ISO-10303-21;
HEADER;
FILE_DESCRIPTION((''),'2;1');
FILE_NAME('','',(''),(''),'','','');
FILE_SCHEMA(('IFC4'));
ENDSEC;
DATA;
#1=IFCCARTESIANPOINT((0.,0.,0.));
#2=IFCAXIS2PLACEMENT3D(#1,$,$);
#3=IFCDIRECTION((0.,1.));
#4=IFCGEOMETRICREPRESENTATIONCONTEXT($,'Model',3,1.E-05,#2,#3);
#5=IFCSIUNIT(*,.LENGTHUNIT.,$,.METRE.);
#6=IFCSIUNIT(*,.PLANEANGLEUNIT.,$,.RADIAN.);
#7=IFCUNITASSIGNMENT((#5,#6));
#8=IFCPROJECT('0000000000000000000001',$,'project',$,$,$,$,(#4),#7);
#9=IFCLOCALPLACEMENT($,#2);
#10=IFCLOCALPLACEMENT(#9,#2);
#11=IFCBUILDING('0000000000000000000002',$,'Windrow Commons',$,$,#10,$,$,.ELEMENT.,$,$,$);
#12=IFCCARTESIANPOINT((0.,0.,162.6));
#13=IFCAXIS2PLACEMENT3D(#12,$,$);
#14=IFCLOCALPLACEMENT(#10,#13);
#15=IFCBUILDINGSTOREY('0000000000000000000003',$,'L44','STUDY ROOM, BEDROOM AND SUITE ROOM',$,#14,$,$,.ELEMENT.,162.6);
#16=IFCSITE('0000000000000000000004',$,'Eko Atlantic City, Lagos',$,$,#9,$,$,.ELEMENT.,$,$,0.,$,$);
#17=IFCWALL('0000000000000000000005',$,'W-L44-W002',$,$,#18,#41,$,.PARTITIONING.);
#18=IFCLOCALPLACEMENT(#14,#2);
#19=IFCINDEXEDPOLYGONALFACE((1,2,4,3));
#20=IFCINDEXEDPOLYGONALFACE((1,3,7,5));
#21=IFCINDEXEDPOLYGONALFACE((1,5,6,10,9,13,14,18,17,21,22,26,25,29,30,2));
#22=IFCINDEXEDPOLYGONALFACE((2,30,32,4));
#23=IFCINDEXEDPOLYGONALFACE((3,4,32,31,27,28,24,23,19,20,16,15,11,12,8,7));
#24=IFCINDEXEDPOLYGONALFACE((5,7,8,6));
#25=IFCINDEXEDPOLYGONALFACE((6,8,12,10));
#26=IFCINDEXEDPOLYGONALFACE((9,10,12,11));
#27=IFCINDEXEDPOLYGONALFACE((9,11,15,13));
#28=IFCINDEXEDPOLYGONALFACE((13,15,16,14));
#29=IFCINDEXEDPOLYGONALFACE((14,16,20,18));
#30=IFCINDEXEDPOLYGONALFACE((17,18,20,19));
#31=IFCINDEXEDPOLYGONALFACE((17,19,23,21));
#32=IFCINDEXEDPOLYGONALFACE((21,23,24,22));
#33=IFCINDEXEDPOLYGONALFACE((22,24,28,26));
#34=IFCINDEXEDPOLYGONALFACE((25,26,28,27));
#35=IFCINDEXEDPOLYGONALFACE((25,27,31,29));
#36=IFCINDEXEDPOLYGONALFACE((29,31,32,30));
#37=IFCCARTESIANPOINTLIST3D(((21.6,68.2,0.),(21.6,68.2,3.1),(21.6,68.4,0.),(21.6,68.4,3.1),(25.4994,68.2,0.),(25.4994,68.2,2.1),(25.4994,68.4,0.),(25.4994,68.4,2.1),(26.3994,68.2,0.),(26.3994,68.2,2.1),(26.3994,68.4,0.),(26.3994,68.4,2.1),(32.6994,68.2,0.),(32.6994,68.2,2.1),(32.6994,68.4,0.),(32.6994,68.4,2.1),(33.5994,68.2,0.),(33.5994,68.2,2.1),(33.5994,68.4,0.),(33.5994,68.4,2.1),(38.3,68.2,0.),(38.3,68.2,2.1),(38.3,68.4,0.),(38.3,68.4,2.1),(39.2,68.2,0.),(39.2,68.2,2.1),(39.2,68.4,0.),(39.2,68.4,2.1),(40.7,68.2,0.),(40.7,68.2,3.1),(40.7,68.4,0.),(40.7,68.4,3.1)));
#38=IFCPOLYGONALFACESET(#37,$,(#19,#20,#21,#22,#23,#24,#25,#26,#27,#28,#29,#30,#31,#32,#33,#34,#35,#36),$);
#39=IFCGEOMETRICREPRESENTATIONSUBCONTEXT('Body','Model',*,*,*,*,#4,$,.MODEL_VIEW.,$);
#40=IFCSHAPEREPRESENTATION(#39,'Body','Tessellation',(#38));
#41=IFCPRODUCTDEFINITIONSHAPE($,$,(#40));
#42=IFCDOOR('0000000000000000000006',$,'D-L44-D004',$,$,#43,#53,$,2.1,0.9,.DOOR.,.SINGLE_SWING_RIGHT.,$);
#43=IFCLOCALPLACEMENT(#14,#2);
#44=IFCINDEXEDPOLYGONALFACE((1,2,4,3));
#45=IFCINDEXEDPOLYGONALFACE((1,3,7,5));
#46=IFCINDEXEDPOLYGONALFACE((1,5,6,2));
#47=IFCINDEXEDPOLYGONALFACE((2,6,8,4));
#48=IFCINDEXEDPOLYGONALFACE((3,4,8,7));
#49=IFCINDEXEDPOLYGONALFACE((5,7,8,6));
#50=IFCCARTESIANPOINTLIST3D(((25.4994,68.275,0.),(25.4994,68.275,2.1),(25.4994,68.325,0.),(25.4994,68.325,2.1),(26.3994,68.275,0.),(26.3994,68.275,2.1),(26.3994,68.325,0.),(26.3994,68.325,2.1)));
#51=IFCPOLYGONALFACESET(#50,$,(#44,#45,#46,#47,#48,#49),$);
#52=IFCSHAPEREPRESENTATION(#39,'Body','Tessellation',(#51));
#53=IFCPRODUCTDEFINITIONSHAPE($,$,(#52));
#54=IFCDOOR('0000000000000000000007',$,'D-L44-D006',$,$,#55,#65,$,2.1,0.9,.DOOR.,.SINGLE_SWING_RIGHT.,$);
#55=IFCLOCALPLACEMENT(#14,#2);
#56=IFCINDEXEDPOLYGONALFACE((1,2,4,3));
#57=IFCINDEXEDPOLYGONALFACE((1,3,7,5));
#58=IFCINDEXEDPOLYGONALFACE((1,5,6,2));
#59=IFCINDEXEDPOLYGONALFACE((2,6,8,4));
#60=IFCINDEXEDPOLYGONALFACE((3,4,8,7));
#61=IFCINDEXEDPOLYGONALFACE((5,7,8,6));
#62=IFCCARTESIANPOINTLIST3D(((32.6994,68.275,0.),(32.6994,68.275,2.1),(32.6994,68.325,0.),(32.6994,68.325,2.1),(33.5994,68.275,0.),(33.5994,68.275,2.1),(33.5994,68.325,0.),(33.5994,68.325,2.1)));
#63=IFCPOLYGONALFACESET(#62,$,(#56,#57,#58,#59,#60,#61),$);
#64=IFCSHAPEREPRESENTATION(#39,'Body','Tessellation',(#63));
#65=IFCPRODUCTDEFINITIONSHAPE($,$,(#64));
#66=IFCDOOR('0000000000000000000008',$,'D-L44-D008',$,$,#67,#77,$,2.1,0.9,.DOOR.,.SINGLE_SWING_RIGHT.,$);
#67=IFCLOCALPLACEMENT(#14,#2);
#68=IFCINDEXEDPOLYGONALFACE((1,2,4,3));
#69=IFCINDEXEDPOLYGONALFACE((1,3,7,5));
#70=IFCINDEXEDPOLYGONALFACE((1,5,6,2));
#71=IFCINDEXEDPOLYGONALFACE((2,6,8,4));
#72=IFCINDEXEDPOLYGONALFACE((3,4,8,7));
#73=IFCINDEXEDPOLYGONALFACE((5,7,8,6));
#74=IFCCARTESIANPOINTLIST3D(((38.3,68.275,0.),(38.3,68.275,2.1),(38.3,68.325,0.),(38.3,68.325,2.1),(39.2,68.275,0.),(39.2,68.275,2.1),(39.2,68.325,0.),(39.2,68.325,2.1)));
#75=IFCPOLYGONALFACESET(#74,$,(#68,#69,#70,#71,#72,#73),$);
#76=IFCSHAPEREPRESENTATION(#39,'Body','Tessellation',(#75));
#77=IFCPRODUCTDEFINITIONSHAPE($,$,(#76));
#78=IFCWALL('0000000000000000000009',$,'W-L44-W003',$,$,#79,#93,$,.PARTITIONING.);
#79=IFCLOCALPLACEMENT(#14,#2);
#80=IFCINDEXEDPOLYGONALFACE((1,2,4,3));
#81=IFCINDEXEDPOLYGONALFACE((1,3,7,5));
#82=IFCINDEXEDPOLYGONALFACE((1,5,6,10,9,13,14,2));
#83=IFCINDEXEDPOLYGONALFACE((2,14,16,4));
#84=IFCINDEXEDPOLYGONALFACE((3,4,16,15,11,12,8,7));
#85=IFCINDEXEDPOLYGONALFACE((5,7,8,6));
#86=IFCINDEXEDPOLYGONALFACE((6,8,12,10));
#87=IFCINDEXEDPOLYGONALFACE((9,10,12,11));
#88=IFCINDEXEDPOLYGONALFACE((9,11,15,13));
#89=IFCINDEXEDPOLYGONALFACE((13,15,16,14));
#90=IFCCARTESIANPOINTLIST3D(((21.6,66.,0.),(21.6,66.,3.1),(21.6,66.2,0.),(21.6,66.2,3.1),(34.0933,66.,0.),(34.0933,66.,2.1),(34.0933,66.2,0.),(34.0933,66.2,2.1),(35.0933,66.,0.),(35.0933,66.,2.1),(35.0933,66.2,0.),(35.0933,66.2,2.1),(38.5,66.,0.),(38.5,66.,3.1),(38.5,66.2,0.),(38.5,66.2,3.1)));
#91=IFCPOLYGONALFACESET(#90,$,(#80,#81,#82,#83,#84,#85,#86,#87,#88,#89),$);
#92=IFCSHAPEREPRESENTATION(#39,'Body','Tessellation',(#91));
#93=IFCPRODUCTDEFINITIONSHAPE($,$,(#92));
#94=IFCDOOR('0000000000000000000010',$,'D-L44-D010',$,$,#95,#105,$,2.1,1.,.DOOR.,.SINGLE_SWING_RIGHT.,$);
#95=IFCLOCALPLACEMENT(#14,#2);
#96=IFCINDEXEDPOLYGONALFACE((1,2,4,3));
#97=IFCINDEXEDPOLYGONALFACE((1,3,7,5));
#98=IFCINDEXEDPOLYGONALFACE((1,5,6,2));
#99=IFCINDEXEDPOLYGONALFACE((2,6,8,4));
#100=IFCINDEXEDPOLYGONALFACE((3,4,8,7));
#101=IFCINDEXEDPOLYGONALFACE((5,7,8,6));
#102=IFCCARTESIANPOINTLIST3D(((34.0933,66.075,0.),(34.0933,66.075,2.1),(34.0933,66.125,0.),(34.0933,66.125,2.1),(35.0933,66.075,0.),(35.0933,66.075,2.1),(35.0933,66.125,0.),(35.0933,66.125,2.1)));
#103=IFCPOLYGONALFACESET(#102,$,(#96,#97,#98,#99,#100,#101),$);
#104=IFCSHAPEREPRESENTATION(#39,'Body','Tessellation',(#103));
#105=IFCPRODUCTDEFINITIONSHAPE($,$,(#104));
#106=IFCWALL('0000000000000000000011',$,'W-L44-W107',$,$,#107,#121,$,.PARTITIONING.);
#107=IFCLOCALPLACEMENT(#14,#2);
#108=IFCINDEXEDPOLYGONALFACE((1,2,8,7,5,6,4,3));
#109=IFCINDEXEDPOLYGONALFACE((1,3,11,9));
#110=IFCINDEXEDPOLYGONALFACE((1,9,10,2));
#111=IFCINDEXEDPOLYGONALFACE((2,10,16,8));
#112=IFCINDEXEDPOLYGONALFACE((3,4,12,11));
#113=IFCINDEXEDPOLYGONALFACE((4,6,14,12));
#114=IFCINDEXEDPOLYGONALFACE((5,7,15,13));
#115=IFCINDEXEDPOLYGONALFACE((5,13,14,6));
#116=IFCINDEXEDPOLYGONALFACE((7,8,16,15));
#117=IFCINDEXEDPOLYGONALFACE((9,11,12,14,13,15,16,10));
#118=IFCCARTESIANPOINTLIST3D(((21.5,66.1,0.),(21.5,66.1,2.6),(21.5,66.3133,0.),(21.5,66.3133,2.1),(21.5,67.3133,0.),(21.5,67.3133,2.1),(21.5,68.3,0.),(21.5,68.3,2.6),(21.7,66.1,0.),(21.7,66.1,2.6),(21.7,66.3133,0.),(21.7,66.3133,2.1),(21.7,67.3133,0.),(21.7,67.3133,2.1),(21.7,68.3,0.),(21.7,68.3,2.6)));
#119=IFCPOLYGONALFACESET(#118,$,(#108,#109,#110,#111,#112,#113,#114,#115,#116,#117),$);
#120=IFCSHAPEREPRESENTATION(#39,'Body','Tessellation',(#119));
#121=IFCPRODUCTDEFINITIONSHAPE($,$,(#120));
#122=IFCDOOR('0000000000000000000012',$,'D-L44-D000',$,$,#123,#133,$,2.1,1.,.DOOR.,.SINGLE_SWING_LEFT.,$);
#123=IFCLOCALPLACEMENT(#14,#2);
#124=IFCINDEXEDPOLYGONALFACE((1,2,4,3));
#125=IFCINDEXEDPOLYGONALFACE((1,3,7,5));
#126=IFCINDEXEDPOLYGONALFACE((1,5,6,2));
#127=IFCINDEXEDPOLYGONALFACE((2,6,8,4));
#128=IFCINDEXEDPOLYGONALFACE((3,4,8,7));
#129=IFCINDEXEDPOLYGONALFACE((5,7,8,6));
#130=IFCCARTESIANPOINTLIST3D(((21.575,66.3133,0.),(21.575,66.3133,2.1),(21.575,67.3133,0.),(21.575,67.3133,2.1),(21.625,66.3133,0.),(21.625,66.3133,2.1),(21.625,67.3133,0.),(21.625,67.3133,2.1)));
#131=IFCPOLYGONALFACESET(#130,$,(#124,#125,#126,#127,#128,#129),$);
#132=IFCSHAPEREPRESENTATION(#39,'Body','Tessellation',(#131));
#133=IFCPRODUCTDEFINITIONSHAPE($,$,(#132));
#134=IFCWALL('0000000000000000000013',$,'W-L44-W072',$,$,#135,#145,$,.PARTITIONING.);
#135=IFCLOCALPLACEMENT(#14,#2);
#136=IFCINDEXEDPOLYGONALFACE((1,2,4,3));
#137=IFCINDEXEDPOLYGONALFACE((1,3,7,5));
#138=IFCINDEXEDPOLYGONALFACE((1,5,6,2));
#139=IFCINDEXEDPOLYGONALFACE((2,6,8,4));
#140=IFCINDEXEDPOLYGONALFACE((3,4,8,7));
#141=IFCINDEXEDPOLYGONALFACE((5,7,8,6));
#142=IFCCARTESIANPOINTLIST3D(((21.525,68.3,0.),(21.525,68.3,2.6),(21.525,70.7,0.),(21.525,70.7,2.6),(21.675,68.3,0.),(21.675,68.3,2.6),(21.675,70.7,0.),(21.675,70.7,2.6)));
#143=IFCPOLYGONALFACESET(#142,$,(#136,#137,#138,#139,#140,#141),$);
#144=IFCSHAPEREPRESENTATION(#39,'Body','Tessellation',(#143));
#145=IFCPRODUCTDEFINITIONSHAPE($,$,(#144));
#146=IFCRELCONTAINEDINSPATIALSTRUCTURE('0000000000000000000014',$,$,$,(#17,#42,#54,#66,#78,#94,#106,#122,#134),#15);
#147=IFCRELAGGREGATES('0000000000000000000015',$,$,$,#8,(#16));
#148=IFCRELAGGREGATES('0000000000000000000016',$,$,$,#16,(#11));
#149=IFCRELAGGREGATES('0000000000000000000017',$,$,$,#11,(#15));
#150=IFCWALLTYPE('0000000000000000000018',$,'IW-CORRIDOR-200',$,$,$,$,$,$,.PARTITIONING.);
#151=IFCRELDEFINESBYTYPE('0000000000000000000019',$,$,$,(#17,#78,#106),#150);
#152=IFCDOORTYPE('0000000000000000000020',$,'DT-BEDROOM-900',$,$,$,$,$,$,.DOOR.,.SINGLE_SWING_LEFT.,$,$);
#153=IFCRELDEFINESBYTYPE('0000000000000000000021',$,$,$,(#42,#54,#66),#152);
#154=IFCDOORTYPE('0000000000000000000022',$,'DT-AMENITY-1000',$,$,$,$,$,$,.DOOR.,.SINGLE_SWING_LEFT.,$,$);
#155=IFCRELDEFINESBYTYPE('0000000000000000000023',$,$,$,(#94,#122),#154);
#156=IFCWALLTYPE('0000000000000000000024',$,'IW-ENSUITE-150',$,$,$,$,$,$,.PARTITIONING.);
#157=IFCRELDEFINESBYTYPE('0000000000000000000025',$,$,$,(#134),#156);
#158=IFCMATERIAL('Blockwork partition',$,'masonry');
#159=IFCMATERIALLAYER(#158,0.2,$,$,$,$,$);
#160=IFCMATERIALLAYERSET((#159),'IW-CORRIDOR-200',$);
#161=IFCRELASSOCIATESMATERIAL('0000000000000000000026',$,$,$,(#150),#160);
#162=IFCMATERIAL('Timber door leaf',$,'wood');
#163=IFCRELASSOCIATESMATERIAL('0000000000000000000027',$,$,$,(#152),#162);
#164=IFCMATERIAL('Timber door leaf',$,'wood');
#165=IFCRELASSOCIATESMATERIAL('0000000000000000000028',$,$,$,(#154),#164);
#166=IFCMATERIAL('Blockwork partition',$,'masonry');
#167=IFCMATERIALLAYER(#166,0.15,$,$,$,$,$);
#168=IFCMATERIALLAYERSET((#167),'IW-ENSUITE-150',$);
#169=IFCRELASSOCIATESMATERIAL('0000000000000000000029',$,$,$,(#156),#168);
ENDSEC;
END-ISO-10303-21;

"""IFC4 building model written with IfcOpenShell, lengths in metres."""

from ifc_helpers import new_model, si_unit, direction, frame, frame_2d, origin, place, context, subcontext, project, spatial, rectangle, extrude, material, layer, layer_set, type_object, element, fill, save


model = new_model("IFC4")

# Units and contexts
model_context = context("Model", 3, precision=1e-05, world=origin(), true_north=direction((0.0, 1.0)))
body_context = subcontext(model_context, "Body", "Model", "MODEL_VIEW")
ifc_project = project(units=[si_unit("LENGTHUNIT", "METRE"), si_unit("PLANEANGLEUNIT", "RADIAN")], contexts=[model_context])

# Site, building, storey
site_placement = place(None, origin())
site = spatial("IfcSite", under=ifc_project, at=site_placement, Name="Eko Atlantic City, Lagos", CompositionType="ELEMENT", RefElevation=0.0)
building_placement = place(site_placement, origin())
building = spatial("IfcBuilding", under=site, at=building_placement, Name="Windrow Commons", CompositionType="ELEMENT")
storey_placement = place(building_placement, frame((0.0, 0.0, 162.6)))
storey = spatial("IfcBuildingStorey", under=building, at=storey_placement, Name="L44", Description="STUDY ROOM, BEDROOM AND SUITE ROOM", CompositionType="ELEMENT", Elevation=162.6)

# Wall, openings, doors
ifc_material_1 = material(Name="Blockwork partition", Category="masonry")
ifc_layer_1 = layer(ifc_material_1, 0.2)
ifc_layer_set_1 = layer_set([ifc_layer_1], Name="IW-CORRIDOR-200")
wall_type_1 = type_object("IfcWallType", Name="IW-CORRIDOR-200", PredefinedType="PARTITIONING", material=ifc_layer_set_1)
wall_1_placement = place(storey_placement, frame((21.6, 68.3, 0.0), z_axis=(0.0, 0.0, 1.0), x_axis=(1.0, 0.0, 0.0)))
wall_1 = element("IfcWall", 1, at=wall_1_placement, inside=storey, type_object=wall_type_1, Name="W-L44-W002", PredefinedType="PARTITIONING", context=body_context, shape_type="SweptSolid", body=[
    extrude(rectangle(XDim=19.1, YDim=0.2, at=frame_2d((9.55, 0.0))), origin(), (0.0, 0.0, 1.0), 3.1),
])
opening_1_placement = place(wall_1_placement, frame((3.8994, 0.0, 0.0)))
opening_1 = element("IfcOpeningElement", 2, at=opening_1_placement, cuts=wall_1, PredefinedType="OPENING", context=body_context, shape_type="SweptSolid", body=[
    extrude(rectangle(XDim=0.9, YDim=2.1, at=frame_2d((0.45, 1.05))), frame((0.0, 0.11, 0.0), z_axis=(0.0, -1.0, 0.0), x_axis=(1.0, 0.0, 0.0)), (0.0, 0.0, 1.0), 0.22),
])
opening_2_placement = place(wall_1_placement, frame((11.0994, 0.0, 0.0)))
opening_2 = element("IfcOpeningElement", 3, at=opening_2_placement, cuts=wall_1, PredefinedType="OPENING", context=body_context, shape_type="SweptSolid", body=[
    extrude(rectangle(XDim=0.9, YDim=2.1, at=frame_2d((0.45, 1.05))), frame((0.0, 0.11, 0.0), z_axis=(0.0, -1.0, 0.0), x_axis=(1.0, 0.0, 0.0)), (0.0, 0.0, 1.0), 0.22),
])
opening_3_placement = place(wall_1_placement, frame((16.7, 0.0, 0.0)))
opening_3 = element("IfcOpeningElement", 4, at=opening_3_placement, cuts=wall_1, PredefinedType="OPENING", context=body_context, shape_type="SweptSolid", body=[
    extrude(rectangle(XDim=0.9, YDim=2.1, at=frame_2d((0.45, 1.05))), frame((0.0, 0.11, 0.0), z_axis=(0.0, -1.0, 0.0), x_axis=(1.0, 0.0, 0.0)), (0.0, 0.0, 1.0), 0.22),
])
ifc_material_2 = material(Name="Timber door leaf", Category="wood")
door_type_1 = type_object("IfcDoorType", Name="DT-BEDROOM-900", OperationType="SINGLE_SWING_LEFT", PredefinedType="DOOR", material=ifc_material_2)
door_1_placement = place(opening_1_placement, origin())
door_1 = element("IfcDoor", 5, at=door_1_placement, inside=storey, type_object=door_type_1, Name="D-L44-D004", OperationType="SINGLE_SWING_RIGHT", OverallHeight=2.1, OverallWidth=0.9, PredefinedType="DOOR", context=body_context, shape_type="SweptSolid", body=[
    extrude(rectangle(XDim=0.9, YDim=2.1, at=frame_2d((0.45, 1.05))), frame((0.0, 0.025, 0.0), z_axis=(0.0, -1.0, 0.0), x_axis=(1.0, 0.0, 0.0)), (0.0, 0.0, 1.0), 0.05),
])
fill(opening_1, door_1)
door_2_placement = place(opening_2_placement, origin())
door_2 = element("IfcDoor", 6, at=door_2_placement, inside=storey, type_object=door_type_1, Name="D-L44-D006", OperationType="SINGLE_SWING_RIGHT", OverallHeight=2.1, OverallWidth=0.9, PredefinedType="DOOR", context=body_context, shape_type="SweptSolid", body=[
    extrude(rectangle(XDim=0.9, YDim=2.1, at=frame_2d((0.45, 1.05))), frame((0.0, 0.025, 0.0), z_axis=(0.0, -1.0, 0.0), x_axis=(1.0, 0.0, 0.0)), (0.0, 0.0, 1.0), 0.05),
])
fill(opening_2, door_2)
door_3_placement = place(opening_3_placement, origin())
door_3 = element("IfcDoor", 7, at=door_3_placement, inside=storey, type_object=door_type_1, Name="D-L44-D008", OperationType="SINGLE_SWING_RIGHT", OverallHeight=2.1, OverallWidth=0.9, PredefinedType="DOOR", context=body_context, shape_type="SweptSolid", body=[
    extrude(rectangle(XDim=0.9, YDim=2.1, at=frame_2d((0.45, 1.05))), frame((0.0, 0.025, 0.0), z_axis=(0.0, -1.0, 0.0), x_axis=(1.0, 0.0, 0.0)), (0.0, 0.0, 1.0), 0.05),
])
fill(opening_3, door_3)

# Walls, openings, doors
wall_2_placement = place(storey_placement, frame((21.6, 66.1, 0.0), z_axis=(0.0, 0.0, 1.0), x_axis=(1.0, 0.0, 0.0)))
wall_2 = element("IfcWall", 8, at=wall_2_placement, inside=storey, type_object=wall_type_1, Name="W-L44-W003", PredefinedType="PARTITIONING", context=body_context, shape_type="SweptSolid", body=[
    extrude(rectangle(XDim=16.9, YDim=0.2, at=frame_2d((8.45, 0.0))), origin(), (0.0, 0.0, 1.0), 3.1),
])
opening_4_placement = place(wall_2_placement, frame((12.4933, 0.0, 0.0)))
opening_4 = element("IfcOpeningElement", 9, at=opening_4_placement, cuts=wall_2, PredefinedType="OPENING", context=body_context, shape_type="SweptSolid", body=[
    extrude(rectangle(XDim=1.0, YDim=2.1, at=frame_2d((0.5, 1.05))), frame((0.0, 0.11, 0.0), z_axis=(0.0, -1.0, 0.0), x_axis=(1.0, 0.0, 0.0)), (0.0, 0.0, 1.0), 0.22),
])
ifc_material_3 = material(Name="Timber door leaf", Category="wood")
door_type_2 = type_object("IfcDoorType", Name="DT-AMENITY-1000", OperationType="SINGLE_SWING_LEFT", PredefinedType="DOOR", material=ifc_material_3)
door_4_placement = place(opening_4_placement, origin())
door_4 = element("IfcDoor", 10, at=door_4_placement, inside=storey, type_object=door_type_2, Name="D-L44-D010", OperationType="SINGLE_SWING_RIGHT", OverallHeight=2.1, OverallWidth=1.0, PredefinedType="DOOR", context=body_context, shape_type="SweptSolid", body=[
    extrude(rectangle(XDim=1.0, YDim=2.1, at=frame_2d((0.5, 1.05))), frame((0.0, 0.025, 0.0), z_axis=(0.0, -1.0, 0.0), x_axis=(1.0, 0.0, 0.0)), (0.0, 0.0, 1.0), 0.05),
])
fill(opening_4, door_4)
wall_3_placement = place(storey_placement, frame((21.6, 66.1, 0.0), z_axis=(0.0, 0.0, 1.0), x_axis=(0.0, 1.0, 0.0)))
wall_3 = element("IfcWall", 11, at=wall_3_placement, inside=storey, type_object=wall_type_1, Name="W-L44-W107", PredefinedType="PARTITIONING", context=body_context, shape_type="SweptSolid", body=[
    extrude(rectangle(XDim=2.2, YDim=0.2, at=frame_2d((1.1, 0.0))), origin(), (0.0, 0.0, 1.0), 2.6),
])
opening_5_placement = place(wall_3_placement, frame((0.2133, 0.0, 0.0)))
opening_5 = element("IfcOpeningElement", 12, at=opening_5_placement, cuts=wall_3, PredefinedType="OPENING", context=body_context, shape_type="SweptSolid", body=[
    extrude(rectangle(XDim=1.0, YDim=2.1, at=frame_2d((0.5, 1.05))), frame((0.0, 0.11, 0.0), z_axis=(0.0, -1.0, 0.0), x_axis=(1.0, 0.0, 0.0)), (0.0, 0.0, 1.0), 0.22),
])
door_5_placement = place(opening_5_placement, origin())
door_5 = element("IfcDoor", 13, at=door_5_placement, inside=storey, type_object=door_type_2, Name="D-L44-D000", OperationType="SINGLE_SWING_LEFT", OverallHeight=2.1, OverallWidth=1.0, PredefinedType="DOOR", context=body_context, shape_type="SweptSolid", body=[
    extrude(rectangle(XDim=1.0, YDim=2.1, at=frame_2d((0.5, 1.05))), frame((0.0, 0.025, 0.0), z_axis=(0.0, -1.0, 0.0), x_axis=(1.0, 0.0, 0.0)), (0.0, 0.0, 1.0), 0.05),
])
fill(opening_5, door_5)

# Wall
ifc_material_4 = material(Name="Blockwork partition", Category="masonry")
ifc_layer_2 = layer(ifc_material_4, 0.15)
ifc_layer_set_2 = layer_set([ifc_layer_2], Name="IW-ENSUITE-150")
wall_type_2 = type_object("IfcWallType", Name="IW-ENSUITE-150", PredefinedType="PARTITIONING", material=ifc_layer_set_2)
wall_4_placement = place(storey_placement, frame((21.6, 68.3, 0.0), z_axis=(0.0, 0.0, 1.0), x_axis=(0.0, 1.0, 0.0)))
element("IfcWall", 14, at=wall_4_placement, inside=storey, type_object=wall_type_2, Name="W-L44-W072", PredefinedType="PARTITIONING", context=body_context, shape_type="SweptSolid", body=[
    extrude(rectangle(XDim=2.4, YDim=0.15, at=frame_2d((1.2, 0.0))), origin(), (0.0, 0.0, 1.0), 2.6),
])

save(model, "model.ifc")
